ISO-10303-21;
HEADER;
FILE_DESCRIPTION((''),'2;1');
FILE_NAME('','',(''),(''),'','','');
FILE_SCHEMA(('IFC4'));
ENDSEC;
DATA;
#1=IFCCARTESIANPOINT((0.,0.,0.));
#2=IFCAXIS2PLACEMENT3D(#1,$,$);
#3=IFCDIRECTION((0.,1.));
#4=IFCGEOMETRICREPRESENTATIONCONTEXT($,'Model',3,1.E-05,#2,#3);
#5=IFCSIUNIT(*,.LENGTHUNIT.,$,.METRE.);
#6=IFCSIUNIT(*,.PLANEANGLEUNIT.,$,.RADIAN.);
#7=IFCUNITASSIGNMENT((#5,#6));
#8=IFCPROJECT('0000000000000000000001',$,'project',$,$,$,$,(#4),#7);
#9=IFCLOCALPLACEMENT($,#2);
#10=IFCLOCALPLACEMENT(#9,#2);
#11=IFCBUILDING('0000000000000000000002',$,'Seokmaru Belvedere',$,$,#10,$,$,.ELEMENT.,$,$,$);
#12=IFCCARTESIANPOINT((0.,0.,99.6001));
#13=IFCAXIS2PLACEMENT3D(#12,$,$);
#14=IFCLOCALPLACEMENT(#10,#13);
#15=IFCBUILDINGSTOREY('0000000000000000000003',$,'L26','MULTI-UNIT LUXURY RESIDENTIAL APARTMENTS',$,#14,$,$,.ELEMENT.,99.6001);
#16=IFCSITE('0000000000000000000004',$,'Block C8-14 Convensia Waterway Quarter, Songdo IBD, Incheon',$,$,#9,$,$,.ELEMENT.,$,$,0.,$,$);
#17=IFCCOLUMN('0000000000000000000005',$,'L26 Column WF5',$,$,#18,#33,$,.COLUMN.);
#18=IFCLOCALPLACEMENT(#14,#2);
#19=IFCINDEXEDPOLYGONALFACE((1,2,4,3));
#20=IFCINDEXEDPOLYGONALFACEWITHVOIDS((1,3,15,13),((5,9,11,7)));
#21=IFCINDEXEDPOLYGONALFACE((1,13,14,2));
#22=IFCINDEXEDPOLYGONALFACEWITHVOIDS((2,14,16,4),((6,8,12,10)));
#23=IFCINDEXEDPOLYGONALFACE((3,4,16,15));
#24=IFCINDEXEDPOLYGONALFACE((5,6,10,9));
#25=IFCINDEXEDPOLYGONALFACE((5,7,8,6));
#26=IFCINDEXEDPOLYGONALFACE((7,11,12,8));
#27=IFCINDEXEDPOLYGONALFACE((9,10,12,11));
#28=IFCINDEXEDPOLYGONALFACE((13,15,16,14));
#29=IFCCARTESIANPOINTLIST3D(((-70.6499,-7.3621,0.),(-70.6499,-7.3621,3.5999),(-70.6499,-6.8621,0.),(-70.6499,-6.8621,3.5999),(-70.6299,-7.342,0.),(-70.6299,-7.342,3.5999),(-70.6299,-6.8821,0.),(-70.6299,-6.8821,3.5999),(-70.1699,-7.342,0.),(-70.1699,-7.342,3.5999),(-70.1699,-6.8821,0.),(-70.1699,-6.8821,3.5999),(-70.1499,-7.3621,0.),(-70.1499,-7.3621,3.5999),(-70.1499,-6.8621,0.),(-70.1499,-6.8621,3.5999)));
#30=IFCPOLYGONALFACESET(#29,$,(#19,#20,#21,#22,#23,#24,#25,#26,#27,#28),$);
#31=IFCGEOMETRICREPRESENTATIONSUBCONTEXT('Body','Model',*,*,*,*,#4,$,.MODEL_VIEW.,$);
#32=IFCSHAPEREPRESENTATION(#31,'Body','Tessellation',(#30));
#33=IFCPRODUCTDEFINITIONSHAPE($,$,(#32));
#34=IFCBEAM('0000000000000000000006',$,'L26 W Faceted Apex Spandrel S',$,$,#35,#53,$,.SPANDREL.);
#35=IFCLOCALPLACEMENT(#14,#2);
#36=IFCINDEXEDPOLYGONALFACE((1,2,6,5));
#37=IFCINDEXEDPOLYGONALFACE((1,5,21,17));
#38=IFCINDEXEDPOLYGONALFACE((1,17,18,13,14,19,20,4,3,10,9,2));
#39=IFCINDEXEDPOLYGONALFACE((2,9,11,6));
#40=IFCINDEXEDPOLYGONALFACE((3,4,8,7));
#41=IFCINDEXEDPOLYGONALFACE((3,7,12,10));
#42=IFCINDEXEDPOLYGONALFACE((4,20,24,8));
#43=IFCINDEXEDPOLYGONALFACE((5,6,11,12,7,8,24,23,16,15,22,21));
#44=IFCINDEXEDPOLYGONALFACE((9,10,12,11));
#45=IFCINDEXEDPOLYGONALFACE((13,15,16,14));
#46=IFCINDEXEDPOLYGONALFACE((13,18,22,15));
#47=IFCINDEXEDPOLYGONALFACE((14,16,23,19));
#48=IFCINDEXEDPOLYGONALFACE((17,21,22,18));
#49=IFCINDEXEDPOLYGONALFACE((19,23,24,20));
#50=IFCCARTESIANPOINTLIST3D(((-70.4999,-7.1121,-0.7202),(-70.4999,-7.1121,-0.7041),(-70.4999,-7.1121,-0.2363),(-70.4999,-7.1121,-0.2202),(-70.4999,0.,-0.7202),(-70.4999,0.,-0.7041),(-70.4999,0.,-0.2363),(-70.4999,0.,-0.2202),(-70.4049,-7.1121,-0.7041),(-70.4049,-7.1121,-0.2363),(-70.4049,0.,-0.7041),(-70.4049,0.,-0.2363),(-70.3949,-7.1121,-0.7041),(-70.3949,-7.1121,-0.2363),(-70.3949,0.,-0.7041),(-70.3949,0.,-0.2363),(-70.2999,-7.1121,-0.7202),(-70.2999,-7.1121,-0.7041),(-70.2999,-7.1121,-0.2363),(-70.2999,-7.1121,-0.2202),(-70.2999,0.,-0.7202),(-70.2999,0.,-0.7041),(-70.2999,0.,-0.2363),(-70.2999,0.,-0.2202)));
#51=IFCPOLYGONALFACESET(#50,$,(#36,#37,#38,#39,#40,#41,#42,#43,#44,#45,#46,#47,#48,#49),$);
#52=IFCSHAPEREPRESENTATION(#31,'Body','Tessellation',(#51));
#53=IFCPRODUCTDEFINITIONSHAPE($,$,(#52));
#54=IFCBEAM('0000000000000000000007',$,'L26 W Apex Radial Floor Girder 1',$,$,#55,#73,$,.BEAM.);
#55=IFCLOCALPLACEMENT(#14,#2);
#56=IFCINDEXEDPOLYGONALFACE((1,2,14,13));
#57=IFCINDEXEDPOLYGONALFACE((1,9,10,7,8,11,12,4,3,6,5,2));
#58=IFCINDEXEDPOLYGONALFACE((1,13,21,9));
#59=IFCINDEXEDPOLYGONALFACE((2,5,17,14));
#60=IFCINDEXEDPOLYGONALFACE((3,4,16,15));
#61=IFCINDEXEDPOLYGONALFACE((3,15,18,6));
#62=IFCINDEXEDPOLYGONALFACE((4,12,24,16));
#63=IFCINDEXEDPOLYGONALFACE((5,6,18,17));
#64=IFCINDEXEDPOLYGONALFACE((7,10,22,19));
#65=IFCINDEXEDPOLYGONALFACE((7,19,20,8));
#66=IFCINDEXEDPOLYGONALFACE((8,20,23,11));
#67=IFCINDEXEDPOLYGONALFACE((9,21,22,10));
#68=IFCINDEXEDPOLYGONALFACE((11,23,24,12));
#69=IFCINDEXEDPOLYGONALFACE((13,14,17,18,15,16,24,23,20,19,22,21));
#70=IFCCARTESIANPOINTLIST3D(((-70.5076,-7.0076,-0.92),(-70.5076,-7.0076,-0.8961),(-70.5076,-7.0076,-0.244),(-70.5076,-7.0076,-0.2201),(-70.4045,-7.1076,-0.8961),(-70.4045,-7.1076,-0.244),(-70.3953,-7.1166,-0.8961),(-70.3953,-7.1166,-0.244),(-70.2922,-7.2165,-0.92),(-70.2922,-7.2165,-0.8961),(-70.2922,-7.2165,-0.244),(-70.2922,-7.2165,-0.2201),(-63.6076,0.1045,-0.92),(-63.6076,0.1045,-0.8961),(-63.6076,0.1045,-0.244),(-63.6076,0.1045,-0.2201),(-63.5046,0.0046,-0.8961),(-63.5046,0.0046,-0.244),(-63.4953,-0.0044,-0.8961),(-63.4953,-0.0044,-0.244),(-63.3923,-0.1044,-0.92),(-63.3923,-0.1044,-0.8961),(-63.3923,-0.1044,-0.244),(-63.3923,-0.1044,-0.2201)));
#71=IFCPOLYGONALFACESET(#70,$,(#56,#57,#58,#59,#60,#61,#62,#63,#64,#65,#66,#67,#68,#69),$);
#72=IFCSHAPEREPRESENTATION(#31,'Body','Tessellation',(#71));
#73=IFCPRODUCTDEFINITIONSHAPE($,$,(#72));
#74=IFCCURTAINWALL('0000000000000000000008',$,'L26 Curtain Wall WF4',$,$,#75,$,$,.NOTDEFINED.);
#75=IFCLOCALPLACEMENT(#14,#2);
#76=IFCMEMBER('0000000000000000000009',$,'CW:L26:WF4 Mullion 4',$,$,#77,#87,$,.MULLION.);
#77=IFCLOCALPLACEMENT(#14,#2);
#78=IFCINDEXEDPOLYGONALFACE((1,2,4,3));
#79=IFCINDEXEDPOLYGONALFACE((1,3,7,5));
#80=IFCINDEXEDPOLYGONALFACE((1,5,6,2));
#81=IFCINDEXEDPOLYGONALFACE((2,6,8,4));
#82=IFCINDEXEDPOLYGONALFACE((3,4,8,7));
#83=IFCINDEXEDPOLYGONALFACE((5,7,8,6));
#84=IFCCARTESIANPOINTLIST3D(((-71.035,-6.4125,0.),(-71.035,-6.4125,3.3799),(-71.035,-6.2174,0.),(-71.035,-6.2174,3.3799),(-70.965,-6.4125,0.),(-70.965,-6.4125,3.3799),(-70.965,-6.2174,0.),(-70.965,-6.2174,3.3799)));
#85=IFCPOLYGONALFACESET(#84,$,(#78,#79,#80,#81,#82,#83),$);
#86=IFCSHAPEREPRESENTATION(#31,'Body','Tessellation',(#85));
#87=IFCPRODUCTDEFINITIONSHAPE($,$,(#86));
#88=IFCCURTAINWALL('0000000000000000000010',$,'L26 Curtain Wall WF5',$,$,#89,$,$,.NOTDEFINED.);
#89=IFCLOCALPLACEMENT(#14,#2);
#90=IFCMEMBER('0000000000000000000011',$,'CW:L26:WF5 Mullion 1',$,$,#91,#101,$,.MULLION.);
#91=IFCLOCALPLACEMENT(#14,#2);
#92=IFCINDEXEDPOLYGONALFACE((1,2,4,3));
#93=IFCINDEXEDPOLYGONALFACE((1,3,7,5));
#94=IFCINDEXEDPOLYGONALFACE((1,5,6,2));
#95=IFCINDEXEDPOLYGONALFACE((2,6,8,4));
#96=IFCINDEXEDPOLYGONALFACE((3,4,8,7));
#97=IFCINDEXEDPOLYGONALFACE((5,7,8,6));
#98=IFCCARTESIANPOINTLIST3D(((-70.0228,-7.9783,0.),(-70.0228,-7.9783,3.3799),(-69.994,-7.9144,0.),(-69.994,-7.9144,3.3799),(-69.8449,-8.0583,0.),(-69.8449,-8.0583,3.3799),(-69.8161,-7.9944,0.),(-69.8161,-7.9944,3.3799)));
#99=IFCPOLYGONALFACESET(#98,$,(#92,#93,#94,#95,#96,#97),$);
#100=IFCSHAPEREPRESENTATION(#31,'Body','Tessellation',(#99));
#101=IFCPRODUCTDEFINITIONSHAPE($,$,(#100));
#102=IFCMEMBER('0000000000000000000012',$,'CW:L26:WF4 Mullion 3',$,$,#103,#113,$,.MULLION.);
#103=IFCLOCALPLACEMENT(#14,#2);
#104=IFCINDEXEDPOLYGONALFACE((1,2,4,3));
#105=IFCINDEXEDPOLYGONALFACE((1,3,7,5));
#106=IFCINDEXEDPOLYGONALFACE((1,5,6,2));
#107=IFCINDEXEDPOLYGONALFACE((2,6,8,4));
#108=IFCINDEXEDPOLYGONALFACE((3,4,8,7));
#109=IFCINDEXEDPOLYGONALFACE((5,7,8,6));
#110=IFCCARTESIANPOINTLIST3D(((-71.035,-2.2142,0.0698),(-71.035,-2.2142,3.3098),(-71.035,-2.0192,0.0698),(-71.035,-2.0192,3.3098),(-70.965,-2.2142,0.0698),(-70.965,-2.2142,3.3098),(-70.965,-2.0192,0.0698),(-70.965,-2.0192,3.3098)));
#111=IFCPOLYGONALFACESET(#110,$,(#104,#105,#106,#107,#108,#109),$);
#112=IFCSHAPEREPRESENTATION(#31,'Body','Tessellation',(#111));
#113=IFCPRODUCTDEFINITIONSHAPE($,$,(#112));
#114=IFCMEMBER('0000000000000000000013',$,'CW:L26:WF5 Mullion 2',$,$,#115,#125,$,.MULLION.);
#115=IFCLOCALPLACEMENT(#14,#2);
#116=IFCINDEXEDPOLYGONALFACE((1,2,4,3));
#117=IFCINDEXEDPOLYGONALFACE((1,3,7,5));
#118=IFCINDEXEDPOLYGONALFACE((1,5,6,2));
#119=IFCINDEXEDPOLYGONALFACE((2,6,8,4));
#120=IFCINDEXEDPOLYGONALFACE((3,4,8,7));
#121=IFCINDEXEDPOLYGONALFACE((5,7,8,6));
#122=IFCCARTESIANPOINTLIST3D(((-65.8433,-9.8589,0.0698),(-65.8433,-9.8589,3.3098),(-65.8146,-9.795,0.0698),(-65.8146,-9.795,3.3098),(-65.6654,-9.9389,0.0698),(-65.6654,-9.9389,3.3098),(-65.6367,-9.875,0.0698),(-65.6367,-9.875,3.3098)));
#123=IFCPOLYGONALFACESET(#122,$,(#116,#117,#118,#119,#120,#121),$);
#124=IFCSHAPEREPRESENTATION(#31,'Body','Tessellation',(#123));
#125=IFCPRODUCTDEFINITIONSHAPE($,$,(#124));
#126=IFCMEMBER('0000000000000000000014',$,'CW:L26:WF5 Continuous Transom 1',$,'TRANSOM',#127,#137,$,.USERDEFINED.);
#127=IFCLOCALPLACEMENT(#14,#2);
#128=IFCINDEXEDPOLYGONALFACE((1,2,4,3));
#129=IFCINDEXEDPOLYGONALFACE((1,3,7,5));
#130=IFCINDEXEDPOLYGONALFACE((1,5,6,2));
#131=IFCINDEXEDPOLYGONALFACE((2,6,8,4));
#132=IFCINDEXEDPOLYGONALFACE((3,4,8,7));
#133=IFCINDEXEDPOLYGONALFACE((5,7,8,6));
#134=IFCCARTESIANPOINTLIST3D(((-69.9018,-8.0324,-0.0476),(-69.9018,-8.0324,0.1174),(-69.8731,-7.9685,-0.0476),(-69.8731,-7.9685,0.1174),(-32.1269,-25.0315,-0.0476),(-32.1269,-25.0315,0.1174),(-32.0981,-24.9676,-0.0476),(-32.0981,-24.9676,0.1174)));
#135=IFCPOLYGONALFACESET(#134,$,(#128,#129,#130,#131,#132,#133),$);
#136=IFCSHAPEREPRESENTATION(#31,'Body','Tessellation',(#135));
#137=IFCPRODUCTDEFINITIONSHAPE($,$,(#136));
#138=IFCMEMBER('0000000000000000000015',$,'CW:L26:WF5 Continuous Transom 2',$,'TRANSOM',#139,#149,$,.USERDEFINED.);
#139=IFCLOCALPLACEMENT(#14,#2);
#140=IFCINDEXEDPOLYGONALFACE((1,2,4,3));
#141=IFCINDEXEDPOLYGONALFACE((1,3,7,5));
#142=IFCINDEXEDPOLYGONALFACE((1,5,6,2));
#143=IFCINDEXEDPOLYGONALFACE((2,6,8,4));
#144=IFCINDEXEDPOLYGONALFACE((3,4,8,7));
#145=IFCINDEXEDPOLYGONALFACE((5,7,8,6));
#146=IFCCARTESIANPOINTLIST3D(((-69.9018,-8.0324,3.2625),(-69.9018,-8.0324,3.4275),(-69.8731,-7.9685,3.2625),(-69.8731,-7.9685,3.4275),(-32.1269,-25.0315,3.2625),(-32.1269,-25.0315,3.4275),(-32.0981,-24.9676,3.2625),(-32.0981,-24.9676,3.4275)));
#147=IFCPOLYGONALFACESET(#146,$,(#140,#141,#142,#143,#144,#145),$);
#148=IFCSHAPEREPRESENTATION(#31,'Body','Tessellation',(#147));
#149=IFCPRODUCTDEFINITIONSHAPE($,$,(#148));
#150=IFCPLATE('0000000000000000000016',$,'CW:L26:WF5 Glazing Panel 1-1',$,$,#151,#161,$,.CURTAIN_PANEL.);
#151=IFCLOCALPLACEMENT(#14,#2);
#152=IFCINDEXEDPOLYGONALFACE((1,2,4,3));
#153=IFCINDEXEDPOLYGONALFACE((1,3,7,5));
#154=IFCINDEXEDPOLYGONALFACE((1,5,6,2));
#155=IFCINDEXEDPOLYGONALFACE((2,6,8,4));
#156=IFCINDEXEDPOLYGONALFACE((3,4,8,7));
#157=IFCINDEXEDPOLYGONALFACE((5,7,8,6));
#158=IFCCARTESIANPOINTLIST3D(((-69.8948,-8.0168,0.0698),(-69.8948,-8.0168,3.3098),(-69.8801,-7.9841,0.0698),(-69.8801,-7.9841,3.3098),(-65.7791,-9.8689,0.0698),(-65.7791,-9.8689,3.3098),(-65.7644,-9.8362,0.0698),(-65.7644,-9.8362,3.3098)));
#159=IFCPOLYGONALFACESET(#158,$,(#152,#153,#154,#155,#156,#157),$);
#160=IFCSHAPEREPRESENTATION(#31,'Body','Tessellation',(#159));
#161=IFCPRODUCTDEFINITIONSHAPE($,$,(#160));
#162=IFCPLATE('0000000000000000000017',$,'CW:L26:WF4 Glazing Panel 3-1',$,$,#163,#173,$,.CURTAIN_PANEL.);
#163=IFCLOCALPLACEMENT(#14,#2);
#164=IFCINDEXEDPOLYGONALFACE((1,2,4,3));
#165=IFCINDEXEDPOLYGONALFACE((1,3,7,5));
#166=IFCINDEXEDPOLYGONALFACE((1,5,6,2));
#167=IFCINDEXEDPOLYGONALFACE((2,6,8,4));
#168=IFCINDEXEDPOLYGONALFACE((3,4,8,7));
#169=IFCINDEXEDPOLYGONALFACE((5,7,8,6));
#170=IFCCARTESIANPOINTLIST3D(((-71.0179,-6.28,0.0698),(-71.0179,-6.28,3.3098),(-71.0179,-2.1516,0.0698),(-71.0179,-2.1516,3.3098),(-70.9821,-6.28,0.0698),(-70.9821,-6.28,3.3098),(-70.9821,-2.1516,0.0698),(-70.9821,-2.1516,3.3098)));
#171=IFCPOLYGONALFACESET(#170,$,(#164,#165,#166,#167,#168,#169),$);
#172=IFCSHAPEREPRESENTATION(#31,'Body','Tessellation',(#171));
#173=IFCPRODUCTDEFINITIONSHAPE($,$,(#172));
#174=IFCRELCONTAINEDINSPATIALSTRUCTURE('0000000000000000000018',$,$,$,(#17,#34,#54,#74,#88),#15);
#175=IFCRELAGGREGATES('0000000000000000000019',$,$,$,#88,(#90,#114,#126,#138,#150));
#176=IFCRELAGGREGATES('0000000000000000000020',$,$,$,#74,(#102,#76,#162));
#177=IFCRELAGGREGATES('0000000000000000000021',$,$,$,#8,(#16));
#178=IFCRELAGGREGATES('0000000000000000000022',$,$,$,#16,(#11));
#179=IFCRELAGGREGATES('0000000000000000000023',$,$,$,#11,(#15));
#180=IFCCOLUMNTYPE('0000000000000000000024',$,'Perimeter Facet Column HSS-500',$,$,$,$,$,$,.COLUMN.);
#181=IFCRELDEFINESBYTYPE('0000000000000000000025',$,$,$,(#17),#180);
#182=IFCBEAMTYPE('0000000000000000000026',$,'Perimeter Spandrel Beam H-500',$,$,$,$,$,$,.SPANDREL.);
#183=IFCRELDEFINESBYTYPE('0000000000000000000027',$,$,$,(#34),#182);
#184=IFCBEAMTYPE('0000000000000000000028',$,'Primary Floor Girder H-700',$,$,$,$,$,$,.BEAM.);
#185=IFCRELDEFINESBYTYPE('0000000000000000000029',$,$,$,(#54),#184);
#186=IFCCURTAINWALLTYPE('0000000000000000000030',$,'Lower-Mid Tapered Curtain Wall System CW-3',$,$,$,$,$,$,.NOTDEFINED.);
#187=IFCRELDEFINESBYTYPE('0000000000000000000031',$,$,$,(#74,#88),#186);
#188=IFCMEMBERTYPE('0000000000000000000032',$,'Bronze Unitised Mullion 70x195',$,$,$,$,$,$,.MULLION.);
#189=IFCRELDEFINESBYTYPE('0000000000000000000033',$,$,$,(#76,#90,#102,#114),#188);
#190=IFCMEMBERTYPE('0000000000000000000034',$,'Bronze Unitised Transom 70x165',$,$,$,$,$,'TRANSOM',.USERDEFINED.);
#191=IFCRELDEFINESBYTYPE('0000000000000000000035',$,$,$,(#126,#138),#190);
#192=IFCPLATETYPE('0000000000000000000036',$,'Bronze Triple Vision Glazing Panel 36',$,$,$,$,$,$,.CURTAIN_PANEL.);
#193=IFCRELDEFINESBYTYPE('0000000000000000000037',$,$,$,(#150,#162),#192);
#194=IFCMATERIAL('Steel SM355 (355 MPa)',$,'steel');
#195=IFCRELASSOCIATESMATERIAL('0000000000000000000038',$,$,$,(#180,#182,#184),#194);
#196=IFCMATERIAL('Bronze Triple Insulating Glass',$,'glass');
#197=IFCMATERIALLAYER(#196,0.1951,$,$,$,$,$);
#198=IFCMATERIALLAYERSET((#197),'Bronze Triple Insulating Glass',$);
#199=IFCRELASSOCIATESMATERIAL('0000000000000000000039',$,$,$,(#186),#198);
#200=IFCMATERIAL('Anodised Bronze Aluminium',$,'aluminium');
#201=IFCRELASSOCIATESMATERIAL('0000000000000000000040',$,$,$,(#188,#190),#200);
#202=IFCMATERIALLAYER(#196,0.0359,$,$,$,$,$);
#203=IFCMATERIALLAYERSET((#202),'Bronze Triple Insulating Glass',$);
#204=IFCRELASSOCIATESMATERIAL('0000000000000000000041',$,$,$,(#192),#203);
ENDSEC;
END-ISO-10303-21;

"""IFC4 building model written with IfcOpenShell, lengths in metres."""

from ifc_helpers import new_model, si_unit, direction, frame, origin, origin_2d, place, context, subcontext, project, spatial, rectangle, hollow_rectangle, i_section, extrude, source, transform, mapped, material, layer, layer_set, material_profile, profile_set, type_object, type_shapes, element, aggregate, save


model = new_model("IFC4")

# Units and contexts
model_context = context("Model", 3, precision=1e-05, world=origin(), true_north=direction((0.0, 1.0)))
body_context = subcontext(model_context, "Body", "Model", "MODEL_VIEW")
ifc_project = project(units=[si_unit("LENGTHUNIT", "METRE"), si_unit("PLANEANGLEUNIT", "RADIAN")], contexts=[model_context])

# Site, building, storey
site_placement = place(None, origin())
site = spatial("IfcSite", under=ifc_project, at=site_placement, Name="Block C8-14 Convensia Waterway Quarter, Songdo IBD, Incheon", CompositionType="ELEMENT", RefElevation=0.0)
building_placement = place(site_placement, origin())
building = spatial("IfcBuilding", under=site, at=building_placement, Name="Seokmaru Belvedere", CompositionType="ELEMENT")
storey_placement = place(building_placement, frame((0.0, 0.0, 99.6001)))
storey = spatial("IfcBuildingStorey", under=building, at=storey_placement, Name="L26", Description="MULTI-UNIT LUXURY RESIDENTIAL APARTMENTS", CompositionType="ELEMENT", Elevation=99.6001)

# Column
ifc_material_1 = material(Name="Steel SM355 (355 MPa)", Category="steel")
ifc_material_profile_1 = material_profile(ifc_material_1, hollow_rectangle(XDim=0.5, YDim=0.5, WallThickness=0.02, at=origin_2d()), Name="HSS-500x500x20")
ifc_profile_set_1 = profile_set([ifc_material_profile_1], Name="Steel SM355 (355 MPa)")
column_type = type_object("IfcColumnType", Name="Perimeter Facet Column HSS-500", PredefinedType="COLUMN", material=ifc_profile_set_1)
shared_shape_1 = source(origin(), body_context, "Body", "SweptSolid", [
    extrude(hollow_rectangle(XDim=0.5, YDim=0.5, WallThickness=0.02, at=origin_2d()), origin(), (0.0, 0.0, 1.0), 3.5999),
])
type_shapes(column_type, [shared_shape_1])
column_placement = place(storey_placement, frame((-70.3999, -7.1121, 0.0), z_axis=(0.0, 0.0, 1.0), x_axis=(1.0, 0.0, 0.0)))
element("IfcColumn", 1, at=column_placement, inside=storey, type_object=column_type, Name="L26 Column WF5", PredefinedType="COLUMN", context=body_context, shape_type="MappedRepresentation", body=[
    mapped(shared_shape_1, transform((0.0, 0.0, 0.0), scale=1.0)),
])

# Beams
ifc_material_profile_2 = material_profile(ifc_material_1, i_section(OverallWidth=0.2, OverallDepth=0.5, WebThickness=0.01, FlangeThickness=0.0161, at=origin_2d()), Name="H-500x200x10x16")
ifc_profile_set_2 = profile_set([ifc_material_profile_2], Name="Steel SM355 (355 MPa)")
beam_type_1 = type_object("IfcBeamType", Name="Perimeter Spandrel Beam H-500", PredefinedType="SPANDREL", material=ifc_profile_set_2)
shared_shape_2 = source(origin(), body_context, "Body", "SweptSolid", [
    extrude(i_section(OverallWidth=0.2, OverallDepth=0.5, WebThickness=0.01, FlangeThickness=0.0161, at=origin_2d()), origin(), (0.0, 0.0, 1.0), 7.1121),
])
type_shapes(beam_type_1, [shared_shape_2])
beam_1_placement = place(storey_placement, frame((-70.3999, -7.1121, -0.4702), z_axis=(0.0, 1.0, 0.0), x_axis=(-1.0, 0.0, 0.0)))
element("IfcBeam", 2, at=beam_1_placement, inside=storey, type_object=beam_type_1, Name="L26 W Faceted Apex Spandrel S", PredefinedType="SPANDREL", context=body_context, shape_type="MappedRepresentation", body=[
    mapped(shared_shape_2, transform((0.0, 0.0, 0.0), scale=1.0)),
])
ifc_material_profile_3 = material_profile(ifc_material_1, i_section(OverallWidth=0.3, OverallDepth=0.7, WebThickness=0.0129, FlangeThickness=0.0239, at=origin_2d()), Name="H-700x300x13x24")
ifc_profile_set_3 = profile_set([ifc_material_profile_3], Name="Steel SM355 (355 MPa)")
beam_type_2 = type_object("IfcBeamType", Name="Primary Floor Girder H-700", PredefinedType="BEAM", material=ifc_profile_set_3)
shared_shape_3 = source(origin(), body_context, "Body", "SweptSolid", [
    extrude(i_section(OverallWidth=0.3, OverallDepth=0.7, WebThickness=0.0129, FlangeThickness=0.0239, at=origin_2d()), origin(), (0.0, 0.0, 1.0), 9.9092),
])
type_shapes(beam_type_2, [shared_shape_3])
beam_2_placement = place(storey_placement, frame((-70.3999, -7.1121, -0.5701), z_axis=(0.696321, 0.717731, 0.0), x_axis=(-0.717731, 0.696321, 0.0)))
element("IfcBeam", 3, at=beam_2_placement, inside=storey, type_object=beam_type_2, Name="L26 W Apex Radial Floor Girder 1", PredefinedType="BEAM", context=body_context, shape_type="MappedRepresentation", body=[
    mapped(shared_shape_3, transform((0.0, 0.0, 0.0), scale=1.0)),
])

# Curtain walls, members
ifc_material_2 = material(Name="Bronze Triple Insulating Glass", Category="glass")
ifc_layer_1 = layer(ifc_material_2, 0.1951)
ifc_layer_set_1 = layer_set([ifc_layer_1], Name="Bronze Triple Insulating Glass")
curtain_wall_type = type_object("IfcCurtainWallType", Name="Lower-Mid Tapered Curtain Wall System CW-3", PredefinedType="NOTDEFINED", material=ifc_layer_set_1)
curtain_wall_1_placement = place(storey_placement, origin())
curtain_wall_1 = element("IfcCurtainWall", 4, at=curtain_wall_1_placement, inside=storey, type_object=curtain_wall_type, Name="L26 Curtain Wall WF4", PredefinedType="NOTDEFINED")
ifc_material_3 = material(Name="Anodised Bronze Aluminium", Category="aluminium")
ifc_material_profile_4 = material_profile(ifc_material_3, rectangle(XDim=0.0701, YDim=0.1951, at=origin_2d()), Name="CW-M-70x195")
ifc_profile_set_4 = profile_set([ifc_material_profile_4], Name="Anodised Bronze Aluminium")
member_type_1 = type_object("IfcMemberType", Name="Bronze Unitised Mullion 70x195", PredefinedType="MULLION", material=ifc_profile_set_4)
shared_shape_4 = source(origin(), body_context, "Body", "SweptSolid", [
    extrude(rectangle(XDim=0.0701, YDim=0.1951, at=origin_2d()), origin(), (0.0, 0.0, 1.0), 3.3799),
])
member_1_placement = place(storey_placement, frame((-71.0, -6.3149, 0.0), z_axis=(0.0, 0.0, 1.0), x_axis=(1.0, 0.0, 0.0)))
member_1 = element("IfcMember", 5, at=member_1_placement, type_object=member_type_1, Name="CW:L26:WF4 Mullion 4", PredefinedType="MULLION", context=body_context, shape_type="MappedRepresentation", body=[
    mapped(shared_shape_4, transform((0.0, 0.0, 0.0), scale=1.0)),
])
curtain_wall_2_placement = place(storey_placement, origin())
curtain_wall_2 = element("IfcCurtainWall", 6, at=curtain_wall_2_placement, inside=storey, type_object=curtain_wall_type, Name="L26 Curtain Wall WF5", PredefinedType="NOTDEFINED")
member_2_placement = place(storey_placement, frame((-69.9194, -7.9863, 0.0), z_axis=(0.0, 0.0, 1.0), x_axis=(0.410366, 0.911921, 0.0)))
member_2 = element("IfcMember", 7, at=member_2_placement, type_object=member_type_1, Name="CW:L26:WF5 Mullion 1", PredefinedType="MULLION", context=body_context, shape_type="MappedRepresentation", body=[
    mapped(shared_shape_4, transform((0.0, 0.0, 0.0), scale=1.0)),
])

# Members
shared_shape_5 = source(origin(), body_context, "Body", "SweptSolid", [
    extrude(rectangle(XDim=0.0701, YDim=0.1951, at=origin_2d()), origin(), (0.0, 0.0, 1.0), 3.24),
])
type_shapes(member_type_1, [shared_shape_4, shared_shape_5])
member_3_placement = place(storey_placement, frame((-71.0, -2.1167, 0.0698), z_axis=(0.0, 0.0, 1.0), x_axis=(1.0, 0.0, 0.0)))
member_3 = element("IfcMember", 8, at=member_3_placement, type_object=member_type_1, Name="CW:L26:WF4 Mullion 3", PredefinedType="MULLION", context=body_context, shape_type="MappedRepresentation", body=[
    mapped(shared_shape_5, transform((0.0, 0.0, 0.0), scale=1.0)),
])
member_4_placement = place(storey_placement, frame((-65.74, -9.8669, 0.0698), z_axis=(0.0, 0.0, 1.0), x_axis=(0.410366, 0.911921, 0.0)))
member_4 = element("IfcMember", 9, at=member_4_placement, type_object=member_type_1, Name="CW:L26:WF5 Mullion 2", PredefinedType="MULLION", context=body_context, shape_type="MappedRepresentation", body=[
    mapped(shared_shape_5, transform((0.0, 0.0, 0.0), scale=1.0)),
])
ifc_material_profile_5 = material_profile(ifc_material_3, rectangle(XDim=0.0701, YDim=0.165, at=origin_2d()), Name="CW-T-70x165")
ifc_profile_set_5 = profile_set([ifc_material_profile_5], Name="Anodised Bronze Aluminium")
member_type_2 = type_object("IfcMemberType", Name="Bronze Unitised Transom 70x165", ElementType="TRANSOM", PredefinedType="USERDEFINED", material=ifc_profile_set_5)
shared_shape_6 = source(origin(), body_context, "Body", "SweptSolid", [
    extrude(rectangle(XDim=0.0701, YDim=0.165, at=origin_2d()), origin(), (0.0, 0.0, 1.0), 41.4236),
])
type_shapes(member_type_2, [shared_shape_6])
member_5_placement = place(storey_placement, frame((-69.8875, -8.0005, 0.0349), z_axis=(0.911919, -0.410371, 0.0), x_axis=(0.410371, 0.911919, 0.0)))
member_5 = element("IfcMember", 10, at=member_5_placement, type_object=member_type_2, Name="CW:L26:WF5 Continuous Transom 1", ObjectType="TRANSOM", PredefinedType="USERDEFINED", context=body_context, shape_type="MappedRepresentation", body=[
    mapped(shared_shape_6, transform((0.0, 0.0, 0.0), scale=1.0)),
])
member_6_placement = place(storey_placement, frame((-69.8875, -8.0005, 3.345), z_axis=(0.911919, -0.410371, 0.0), x_axis=(0.410371, 0.911919, 0.0)))
member_6 = element("IfcMember", 11, at=member_6_placement, type_object=member_type_2, Name="CW:L26:WF5 Continuous Transom 2", ObjectType="TRANSOM", PredefinedType="USERDEFINED", context=body_context, shape_type="MappedRepresentation", body=[
    mapped(shared_shape_6, transform((0.0, 0.0, 0.0), scale=1.0)),
])

# Plates
ifc_layer_2 = layer(ifc_material_2, 0.0359)
ifc_layer_set_2 = layer_set([ifc_layer_2], Name="Bronze Triple Insulating Glass")
plate_type = type_object("IfcPlateType", Name="Bronze Triple Vision Glazing Panel 36", PredefinedType="CURTAIN_PANEL", material=ifc_layer_set_2)
shared_shape_7 = source(origin(), body_context, "Body", "SweptSolid", [
    extrude(rectangle(XDim=4.5132, YDim=0.0359, at=origin_2d()), origin(), (0.0, 0.0, 1.0), 3.24),
])
plate_1_placement = place(storey_placement, frame((-67.8296, -8.9265, 0.0698), z_axis=(0.0, 0.0, 1.0), x_axis=(0.911921, -0.410366, 0.0)))
plate_1 = element("IfcPlate", 12, at=plate_1_placement, type_object=plate_type, Name="CW:L26:WF5 Glazing Panel 1-1", PredefinedType="CURTAIN_PANEL", context=body_context, shape_type="MappedRepresentation", body=[
    mapped(shared_shape_7, transform((0.0, 0.0, 0.0), scale=1.0)),
])
aggregate(curtain_wall_2, [member_2, member_4, member_5, member_6, plate_1])
shared_shape_8 = source(origin(), body_context, "Body", "SweptSolid", [
    extrude(rectangle(XDim=4.1284, YDim=0.0359, at=origin_2d()), origin(), (0.0, 0.0, 1.0), 3.24),
])
type_shapes(plate_type, [shared_shape_7, shared_shape_8])
plate_2_placement = place(storey_placement, frame((-71.0, -4.2158, 0.0698), z_axis=(0.0, 0.0, 1.0), x_axis=(0.0, -1.0, 0.0)))
plate_2 = element("IfcPlate", 13, at=plate_2_placement, type_object=plate_type, Name="CW:L26:WF4 Glazing Panel 3-1", PredefinedType="CURTAIN_PANEL", context=body_context, shape_type="MappedRepresentation", body=[
    mapped(shared_shape_8, transform((0.0, 0.0, 0.0), scale=1.0)),
])
aggregate(curtain_wall_1, [member_3, member_1, plate_2])

save(model, "model.ifc")
